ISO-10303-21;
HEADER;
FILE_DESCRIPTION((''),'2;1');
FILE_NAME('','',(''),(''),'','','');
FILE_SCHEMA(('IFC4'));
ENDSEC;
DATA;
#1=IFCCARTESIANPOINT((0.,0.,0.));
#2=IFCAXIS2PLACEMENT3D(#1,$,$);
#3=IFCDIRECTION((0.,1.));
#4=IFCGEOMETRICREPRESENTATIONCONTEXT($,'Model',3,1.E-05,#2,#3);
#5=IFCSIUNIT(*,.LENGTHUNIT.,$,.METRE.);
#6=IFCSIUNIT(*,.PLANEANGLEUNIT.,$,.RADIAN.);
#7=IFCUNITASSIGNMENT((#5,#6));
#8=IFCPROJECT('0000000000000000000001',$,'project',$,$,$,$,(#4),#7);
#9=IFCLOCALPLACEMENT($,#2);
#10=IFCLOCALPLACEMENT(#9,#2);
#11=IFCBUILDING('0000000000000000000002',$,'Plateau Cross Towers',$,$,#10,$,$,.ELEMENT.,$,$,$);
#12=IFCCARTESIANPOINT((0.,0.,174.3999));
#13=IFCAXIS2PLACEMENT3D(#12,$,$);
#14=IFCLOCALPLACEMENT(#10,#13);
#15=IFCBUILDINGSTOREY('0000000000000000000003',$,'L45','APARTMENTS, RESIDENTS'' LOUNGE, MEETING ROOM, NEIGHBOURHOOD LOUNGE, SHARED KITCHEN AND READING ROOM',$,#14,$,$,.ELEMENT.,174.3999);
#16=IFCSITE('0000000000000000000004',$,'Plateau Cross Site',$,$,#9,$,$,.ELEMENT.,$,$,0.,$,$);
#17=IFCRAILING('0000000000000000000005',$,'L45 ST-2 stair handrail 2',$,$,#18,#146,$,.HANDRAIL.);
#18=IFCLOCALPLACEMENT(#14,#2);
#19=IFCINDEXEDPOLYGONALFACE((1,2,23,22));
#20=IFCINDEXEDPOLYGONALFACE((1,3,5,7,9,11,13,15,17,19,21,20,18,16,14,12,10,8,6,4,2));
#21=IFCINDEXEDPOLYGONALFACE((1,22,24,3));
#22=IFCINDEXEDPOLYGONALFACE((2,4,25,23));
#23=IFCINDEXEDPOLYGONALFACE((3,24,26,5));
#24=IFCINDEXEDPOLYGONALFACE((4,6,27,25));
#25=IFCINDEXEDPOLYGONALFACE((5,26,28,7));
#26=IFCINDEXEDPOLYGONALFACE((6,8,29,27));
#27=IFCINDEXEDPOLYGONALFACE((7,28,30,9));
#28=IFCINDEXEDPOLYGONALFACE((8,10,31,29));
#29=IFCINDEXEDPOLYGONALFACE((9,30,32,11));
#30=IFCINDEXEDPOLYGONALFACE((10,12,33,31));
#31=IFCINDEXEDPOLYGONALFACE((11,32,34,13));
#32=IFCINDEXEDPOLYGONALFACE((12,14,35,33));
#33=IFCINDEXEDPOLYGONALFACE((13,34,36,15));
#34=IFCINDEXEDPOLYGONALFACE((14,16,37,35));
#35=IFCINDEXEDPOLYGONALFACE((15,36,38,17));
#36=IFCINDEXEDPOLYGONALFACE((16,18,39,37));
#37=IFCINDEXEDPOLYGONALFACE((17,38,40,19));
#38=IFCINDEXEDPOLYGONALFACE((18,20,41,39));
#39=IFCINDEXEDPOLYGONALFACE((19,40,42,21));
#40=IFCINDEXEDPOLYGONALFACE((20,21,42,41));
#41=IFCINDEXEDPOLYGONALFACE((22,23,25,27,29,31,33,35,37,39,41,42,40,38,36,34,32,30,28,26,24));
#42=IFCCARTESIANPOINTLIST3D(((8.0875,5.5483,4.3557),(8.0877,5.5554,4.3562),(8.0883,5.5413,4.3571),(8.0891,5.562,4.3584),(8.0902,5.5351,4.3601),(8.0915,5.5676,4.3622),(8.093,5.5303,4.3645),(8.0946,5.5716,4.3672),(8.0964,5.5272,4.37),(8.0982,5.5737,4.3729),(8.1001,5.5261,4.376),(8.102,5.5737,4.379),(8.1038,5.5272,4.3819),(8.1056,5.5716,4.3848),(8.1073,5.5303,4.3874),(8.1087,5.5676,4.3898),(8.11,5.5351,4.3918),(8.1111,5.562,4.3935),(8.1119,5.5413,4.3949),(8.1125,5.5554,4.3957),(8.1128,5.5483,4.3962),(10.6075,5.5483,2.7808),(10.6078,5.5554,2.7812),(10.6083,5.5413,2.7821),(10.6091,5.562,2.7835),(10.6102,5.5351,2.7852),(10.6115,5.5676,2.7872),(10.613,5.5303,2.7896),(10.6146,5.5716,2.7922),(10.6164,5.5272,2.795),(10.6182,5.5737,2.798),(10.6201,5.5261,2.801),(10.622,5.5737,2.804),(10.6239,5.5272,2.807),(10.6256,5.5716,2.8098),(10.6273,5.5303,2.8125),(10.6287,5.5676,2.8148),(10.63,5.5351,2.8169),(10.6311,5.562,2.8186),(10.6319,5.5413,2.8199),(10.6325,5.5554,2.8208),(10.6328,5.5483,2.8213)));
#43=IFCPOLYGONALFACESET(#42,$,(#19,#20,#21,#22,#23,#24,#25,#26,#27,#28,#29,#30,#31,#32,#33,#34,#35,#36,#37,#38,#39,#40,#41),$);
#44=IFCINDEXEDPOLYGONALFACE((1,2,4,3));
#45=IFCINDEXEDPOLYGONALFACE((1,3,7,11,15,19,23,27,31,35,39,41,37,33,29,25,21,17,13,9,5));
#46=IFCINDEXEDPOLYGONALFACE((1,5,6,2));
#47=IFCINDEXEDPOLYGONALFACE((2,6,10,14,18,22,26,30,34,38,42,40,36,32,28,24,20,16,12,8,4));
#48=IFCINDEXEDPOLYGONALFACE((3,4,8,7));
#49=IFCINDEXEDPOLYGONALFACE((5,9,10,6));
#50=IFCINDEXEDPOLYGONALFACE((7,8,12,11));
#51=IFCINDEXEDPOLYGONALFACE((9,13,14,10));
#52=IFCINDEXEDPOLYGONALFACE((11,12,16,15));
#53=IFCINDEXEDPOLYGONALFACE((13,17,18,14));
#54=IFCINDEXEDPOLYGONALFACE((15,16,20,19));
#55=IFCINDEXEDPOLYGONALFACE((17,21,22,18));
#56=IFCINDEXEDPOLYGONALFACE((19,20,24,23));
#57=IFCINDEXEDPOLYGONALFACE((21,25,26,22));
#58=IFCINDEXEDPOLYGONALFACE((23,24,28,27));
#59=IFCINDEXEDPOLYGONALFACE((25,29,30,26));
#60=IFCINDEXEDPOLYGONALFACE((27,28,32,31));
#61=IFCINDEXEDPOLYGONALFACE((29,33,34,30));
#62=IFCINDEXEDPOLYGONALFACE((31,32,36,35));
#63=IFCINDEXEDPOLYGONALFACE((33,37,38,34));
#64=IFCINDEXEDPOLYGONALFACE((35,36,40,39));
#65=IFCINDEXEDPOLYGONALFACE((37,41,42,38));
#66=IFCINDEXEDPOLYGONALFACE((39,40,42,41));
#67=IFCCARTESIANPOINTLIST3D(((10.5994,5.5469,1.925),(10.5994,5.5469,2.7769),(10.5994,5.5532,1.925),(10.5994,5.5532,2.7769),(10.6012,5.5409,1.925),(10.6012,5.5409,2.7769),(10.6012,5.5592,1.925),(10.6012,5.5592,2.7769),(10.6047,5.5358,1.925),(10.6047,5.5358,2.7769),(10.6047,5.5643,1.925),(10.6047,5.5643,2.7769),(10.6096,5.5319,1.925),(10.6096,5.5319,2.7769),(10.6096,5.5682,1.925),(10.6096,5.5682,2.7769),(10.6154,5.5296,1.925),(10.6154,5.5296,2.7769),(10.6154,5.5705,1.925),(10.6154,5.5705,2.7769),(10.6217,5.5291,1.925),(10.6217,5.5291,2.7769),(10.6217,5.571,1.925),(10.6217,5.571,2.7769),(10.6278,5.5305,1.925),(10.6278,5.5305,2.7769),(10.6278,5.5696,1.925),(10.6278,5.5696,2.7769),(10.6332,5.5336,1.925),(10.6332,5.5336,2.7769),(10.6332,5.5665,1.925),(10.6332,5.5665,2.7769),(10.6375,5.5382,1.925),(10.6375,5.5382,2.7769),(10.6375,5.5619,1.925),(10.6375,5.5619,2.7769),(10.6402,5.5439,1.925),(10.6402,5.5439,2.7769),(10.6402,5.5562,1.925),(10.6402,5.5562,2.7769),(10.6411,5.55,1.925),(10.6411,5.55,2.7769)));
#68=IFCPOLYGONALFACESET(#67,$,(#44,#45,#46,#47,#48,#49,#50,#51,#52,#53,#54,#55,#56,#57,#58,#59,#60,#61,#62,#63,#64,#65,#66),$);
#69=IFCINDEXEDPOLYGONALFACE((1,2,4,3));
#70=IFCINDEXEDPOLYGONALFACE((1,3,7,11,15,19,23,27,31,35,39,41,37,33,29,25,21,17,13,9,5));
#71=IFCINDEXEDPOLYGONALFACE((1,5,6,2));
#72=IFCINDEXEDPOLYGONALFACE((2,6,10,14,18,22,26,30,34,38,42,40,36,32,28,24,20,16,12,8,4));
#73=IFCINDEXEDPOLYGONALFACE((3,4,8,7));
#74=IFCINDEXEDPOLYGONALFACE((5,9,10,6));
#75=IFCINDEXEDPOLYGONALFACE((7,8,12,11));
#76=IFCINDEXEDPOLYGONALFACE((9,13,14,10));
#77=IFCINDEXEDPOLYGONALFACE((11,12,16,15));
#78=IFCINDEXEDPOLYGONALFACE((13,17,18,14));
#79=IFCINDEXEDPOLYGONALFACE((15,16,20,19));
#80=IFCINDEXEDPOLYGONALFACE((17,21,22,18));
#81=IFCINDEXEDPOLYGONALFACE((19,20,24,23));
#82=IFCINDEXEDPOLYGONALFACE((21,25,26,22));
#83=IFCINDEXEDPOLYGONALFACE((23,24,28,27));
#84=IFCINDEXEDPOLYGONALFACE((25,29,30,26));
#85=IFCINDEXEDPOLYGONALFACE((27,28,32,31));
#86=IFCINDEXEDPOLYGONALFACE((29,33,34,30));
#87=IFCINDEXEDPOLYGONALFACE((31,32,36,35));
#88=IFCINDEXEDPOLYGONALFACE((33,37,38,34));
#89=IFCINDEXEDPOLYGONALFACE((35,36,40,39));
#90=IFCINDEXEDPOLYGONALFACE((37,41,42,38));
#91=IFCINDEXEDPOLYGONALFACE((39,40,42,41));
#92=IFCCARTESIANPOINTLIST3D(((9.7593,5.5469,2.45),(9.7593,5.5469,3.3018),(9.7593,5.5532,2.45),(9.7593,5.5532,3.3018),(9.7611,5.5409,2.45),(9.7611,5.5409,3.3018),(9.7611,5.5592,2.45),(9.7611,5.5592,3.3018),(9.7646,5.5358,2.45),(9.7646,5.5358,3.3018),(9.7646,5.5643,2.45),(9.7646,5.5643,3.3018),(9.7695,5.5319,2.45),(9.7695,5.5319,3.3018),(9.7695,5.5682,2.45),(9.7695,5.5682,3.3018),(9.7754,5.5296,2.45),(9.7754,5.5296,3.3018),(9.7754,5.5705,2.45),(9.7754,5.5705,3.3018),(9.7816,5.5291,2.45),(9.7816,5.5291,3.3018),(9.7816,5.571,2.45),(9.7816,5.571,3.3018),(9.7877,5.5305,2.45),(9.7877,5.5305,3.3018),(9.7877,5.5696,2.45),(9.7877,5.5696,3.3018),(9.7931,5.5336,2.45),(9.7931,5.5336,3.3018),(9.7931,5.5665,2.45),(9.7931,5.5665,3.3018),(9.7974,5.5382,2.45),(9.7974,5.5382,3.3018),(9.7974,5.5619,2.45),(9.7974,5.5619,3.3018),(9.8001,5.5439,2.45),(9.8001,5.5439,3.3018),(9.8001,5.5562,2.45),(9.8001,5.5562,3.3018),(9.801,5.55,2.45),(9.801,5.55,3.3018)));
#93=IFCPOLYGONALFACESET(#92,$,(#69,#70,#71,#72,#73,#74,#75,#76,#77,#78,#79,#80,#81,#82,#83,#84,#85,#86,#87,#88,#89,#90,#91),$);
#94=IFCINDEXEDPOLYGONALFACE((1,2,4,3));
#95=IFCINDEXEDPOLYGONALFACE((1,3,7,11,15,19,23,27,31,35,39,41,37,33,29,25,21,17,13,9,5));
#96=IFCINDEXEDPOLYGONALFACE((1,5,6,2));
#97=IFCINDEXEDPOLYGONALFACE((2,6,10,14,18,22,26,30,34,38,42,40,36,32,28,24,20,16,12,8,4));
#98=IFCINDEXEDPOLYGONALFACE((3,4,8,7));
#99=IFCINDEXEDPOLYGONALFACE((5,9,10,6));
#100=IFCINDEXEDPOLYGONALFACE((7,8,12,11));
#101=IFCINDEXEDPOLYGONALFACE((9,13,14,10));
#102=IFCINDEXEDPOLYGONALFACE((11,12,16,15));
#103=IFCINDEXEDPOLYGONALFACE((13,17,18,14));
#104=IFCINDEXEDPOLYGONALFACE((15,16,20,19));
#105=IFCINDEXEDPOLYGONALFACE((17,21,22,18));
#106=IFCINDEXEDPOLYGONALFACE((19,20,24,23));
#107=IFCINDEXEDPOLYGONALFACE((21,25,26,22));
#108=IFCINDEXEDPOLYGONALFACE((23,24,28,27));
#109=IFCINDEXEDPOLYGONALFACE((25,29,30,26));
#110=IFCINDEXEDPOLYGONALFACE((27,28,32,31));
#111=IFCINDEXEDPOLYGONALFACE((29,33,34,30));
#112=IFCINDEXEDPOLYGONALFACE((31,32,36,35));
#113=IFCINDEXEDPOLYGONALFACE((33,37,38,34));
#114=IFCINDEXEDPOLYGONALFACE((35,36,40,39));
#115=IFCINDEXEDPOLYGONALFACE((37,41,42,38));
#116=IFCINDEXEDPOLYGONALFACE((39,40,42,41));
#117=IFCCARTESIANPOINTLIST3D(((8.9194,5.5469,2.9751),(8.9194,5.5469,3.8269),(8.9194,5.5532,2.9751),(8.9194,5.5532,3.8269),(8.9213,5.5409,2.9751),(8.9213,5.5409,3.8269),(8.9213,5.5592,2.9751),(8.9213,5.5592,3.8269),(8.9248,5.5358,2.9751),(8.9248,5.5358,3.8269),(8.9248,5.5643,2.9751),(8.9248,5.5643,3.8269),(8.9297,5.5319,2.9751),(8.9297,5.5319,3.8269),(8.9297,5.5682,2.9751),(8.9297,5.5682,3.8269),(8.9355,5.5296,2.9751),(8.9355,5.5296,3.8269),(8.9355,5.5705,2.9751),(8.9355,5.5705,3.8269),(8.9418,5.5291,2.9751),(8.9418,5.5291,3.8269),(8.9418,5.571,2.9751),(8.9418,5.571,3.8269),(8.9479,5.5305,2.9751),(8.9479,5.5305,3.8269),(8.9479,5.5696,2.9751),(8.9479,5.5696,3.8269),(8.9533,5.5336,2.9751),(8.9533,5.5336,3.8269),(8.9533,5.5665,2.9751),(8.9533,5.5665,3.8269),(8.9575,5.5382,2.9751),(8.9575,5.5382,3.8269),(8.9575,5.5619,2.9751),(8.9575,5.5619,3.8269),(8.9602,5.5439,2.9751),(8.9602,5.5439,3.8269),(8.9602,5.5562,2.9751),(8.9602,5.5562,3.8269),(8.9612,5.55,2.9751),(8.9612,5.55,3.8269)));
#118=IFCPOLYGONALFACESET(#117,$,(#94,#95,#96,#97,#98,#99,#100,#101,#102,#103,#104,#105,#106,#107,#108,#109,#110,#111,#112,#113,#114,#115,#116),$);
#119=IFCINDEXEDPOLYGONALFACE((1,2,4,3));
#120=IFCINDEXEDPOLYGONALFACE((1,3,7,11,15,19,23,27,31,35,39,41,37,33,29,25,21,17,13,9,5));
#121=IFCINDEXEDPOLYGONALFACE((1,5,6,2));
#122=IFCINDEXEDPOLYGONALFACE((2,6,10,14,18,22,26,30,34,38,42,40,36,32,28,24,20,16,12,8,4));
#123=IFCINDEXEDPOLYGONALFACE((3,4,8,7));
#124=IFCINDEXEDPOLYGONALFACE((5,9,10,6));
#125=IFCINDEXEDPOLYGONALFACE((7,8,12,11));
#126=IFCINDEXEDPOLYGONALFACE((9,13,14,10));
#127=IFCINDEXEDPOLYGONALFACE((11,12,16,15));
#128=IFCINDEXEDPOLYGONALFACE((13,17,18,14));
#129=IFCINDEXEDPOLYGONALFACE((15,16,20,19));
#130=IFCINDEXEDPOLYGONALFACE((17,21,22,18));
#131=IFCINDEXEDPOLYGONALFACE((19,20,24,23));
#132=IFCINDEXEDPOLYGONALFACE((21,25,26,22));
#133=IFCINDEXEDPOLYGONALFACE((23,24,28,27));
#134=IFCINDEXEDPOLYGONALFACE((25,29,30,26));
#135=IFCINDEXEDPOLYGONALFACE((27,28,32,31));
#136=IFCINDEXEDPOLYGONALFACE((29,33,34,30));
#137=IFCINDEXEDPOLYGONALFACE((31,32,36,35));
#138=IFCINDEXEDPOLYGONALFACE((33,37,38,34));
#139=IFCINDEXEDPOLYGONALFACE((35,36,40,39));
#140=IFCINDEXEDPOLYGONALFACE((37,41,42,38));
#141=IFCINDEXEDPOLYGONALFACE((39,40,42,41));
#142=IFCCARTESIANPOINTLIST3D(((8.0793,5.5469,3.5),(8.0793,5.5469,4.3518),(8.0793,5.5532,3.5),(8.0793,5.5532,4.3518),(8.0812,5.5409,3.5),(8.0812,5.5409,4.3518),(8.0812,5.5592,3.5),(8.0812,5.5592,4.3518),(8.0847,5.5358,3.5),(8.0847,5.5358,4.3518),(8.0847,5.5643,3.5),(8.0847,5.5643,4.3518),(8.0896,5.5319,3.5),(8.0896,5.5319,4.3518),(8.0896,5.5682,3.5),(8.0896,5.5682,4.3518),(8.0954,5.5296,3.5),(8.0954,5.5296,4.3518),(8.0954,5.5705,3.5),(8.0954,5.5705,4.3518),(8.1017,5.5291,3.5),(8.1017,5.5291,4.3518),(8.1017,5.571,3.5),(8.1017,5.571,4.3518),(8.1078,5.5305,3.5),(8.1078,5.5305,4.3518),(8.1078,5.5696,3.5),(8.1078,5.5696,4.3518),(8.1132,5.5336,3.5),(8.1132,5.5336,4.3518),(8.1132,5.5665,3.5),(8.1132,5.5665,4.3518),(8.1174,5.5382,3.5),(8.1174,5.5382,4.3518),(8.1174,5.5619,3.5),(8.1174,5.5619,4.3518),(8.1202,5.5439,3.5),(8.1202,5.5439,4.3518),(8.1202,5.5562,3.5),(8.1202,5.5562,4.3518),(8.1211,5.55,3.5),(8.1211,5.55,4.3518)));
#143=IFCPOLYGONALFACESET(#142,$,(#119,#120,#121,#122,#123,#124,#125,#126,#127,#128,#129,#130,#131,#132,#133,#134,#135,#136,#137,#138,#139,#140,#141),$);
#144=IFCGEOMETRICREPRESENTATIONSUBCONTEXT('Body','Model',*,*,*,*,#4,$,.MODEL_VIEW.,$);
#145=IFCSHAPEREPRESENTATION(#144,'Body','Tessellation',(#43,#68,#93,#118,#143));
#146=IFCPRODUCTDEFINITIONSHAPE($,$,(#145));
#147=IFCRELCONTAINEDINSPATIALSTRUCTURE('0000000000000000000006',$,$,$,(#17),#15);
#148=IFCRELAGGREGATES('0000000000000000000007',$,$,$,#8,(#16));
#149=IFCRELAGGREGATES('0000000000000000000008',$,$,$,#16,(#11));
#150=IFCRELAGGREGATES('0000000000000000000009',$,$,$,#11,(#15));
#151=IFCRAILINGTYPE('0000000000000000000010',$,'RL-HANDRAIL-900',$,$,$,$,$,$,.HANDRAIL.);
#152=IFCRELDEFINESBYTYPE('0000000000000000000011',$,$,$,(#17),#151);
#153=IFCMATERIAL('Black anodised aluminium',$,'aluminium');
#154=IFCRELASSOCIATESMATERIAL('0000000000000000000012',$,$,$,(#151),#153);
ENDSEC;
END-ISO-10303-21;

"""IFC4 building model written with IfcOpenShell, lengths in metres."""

from ifc_helpers import new_model, si_unit, direction, frame, origin, origin_2d, place, context, subcontext, project, spatial, circle, extrude, material, type_object, element, save


model = new_model("IFC4")

# Units and contexts
model_context = context("Model", 3, precision=1e-05, world=origin(), true_north=direction((0.0, 1.0)))
body_context = subcontext(model_context, "Body", "Model", "MODEL_VIEW")
ifc_project = project(units=[si_unit("LENGTHUNIT", "METRE"), si_unit("PLANEANGLEUNIT", "RADIAN")], contexts=[model_context])

# Site, building, storey
site_placement = place(None, origin())
site = spatial("IfcSite", under=ifc_project, at=site_placement, Name="Plateau Cross Site", CompositionType="ELEMENT", RefElevation=0.0)
building_placement = place(site_placement, origin())
building = spatial("IfcBuilding", under=site, at=building_placement, Name="Plateau Cross Towers", CompositionType="ELEMENT")
storey_placement = place(building_placement, frame((0.0, 0.0, 174.3999)))
storey = spatial("IfcBuildingStorey", under=building, at=storey_placement, Name="L45", Description="APARTMENTS, RESIDENTS' LOUNGE, MEETING ROOM, NEIGHBOURHOOD LOUNGE, SHARED KITCHEN AND READING ROOM", CompositionType="ELEMENT", Elevation=174.3999)

# Railing
ifc_material_1 = material(Name="Black anodised aluminium", Category="aluminium")
railing_type = type_object("IfcRailingType", Name="RL-HANDRAIL-900", PredefinedType="HANDRAIL", material=ifc_material_1)
railing_placement = place(storey_placement, frame((10.6201, 5.55, 1.925)))
element("IfcRailing", 1, at=railing_placement, inside=storey, type_object=railing_type, Name="L45 ST-2 stair handrail 2", PredefinedType="HANDRAIL", context=body_context, shape_type="SweptSolid", body=[
    extrude(circle(Radius=0.0239, at=origin_2d()), frame((0.0, 0.0, 0.876), z_axis=(-0.848008, 0.0, 0.529984), x_axis=(0.0, -1.0, 0.0)), (0.0, 0.0, 1.0), 2.9717),
    extrude(circle(Radius=0.021, at=origin_2d()), origin(), (0.0, 0.0, 1.0), 0.8518),
    extrude(circle(Radius=0.021, at=origin_2d()), frame((-0.8401, 0.0, 0.5249)), (0.0, 0.0, 1.0), 0.8518),
    extrude(circle(Radius=0.021, at=origin_2d()), frame((-1.6799, 0.0, 1.05)), (0.0, 0.0, 1.0), 0.8518),
    extrude(circle(Radius=0.021, at=origin_2d()), frame((-2.52, 0.0, 1.575)), (0.0, 0.0, 1.0), 0.8518),
])

save(model, "model.ifc")
